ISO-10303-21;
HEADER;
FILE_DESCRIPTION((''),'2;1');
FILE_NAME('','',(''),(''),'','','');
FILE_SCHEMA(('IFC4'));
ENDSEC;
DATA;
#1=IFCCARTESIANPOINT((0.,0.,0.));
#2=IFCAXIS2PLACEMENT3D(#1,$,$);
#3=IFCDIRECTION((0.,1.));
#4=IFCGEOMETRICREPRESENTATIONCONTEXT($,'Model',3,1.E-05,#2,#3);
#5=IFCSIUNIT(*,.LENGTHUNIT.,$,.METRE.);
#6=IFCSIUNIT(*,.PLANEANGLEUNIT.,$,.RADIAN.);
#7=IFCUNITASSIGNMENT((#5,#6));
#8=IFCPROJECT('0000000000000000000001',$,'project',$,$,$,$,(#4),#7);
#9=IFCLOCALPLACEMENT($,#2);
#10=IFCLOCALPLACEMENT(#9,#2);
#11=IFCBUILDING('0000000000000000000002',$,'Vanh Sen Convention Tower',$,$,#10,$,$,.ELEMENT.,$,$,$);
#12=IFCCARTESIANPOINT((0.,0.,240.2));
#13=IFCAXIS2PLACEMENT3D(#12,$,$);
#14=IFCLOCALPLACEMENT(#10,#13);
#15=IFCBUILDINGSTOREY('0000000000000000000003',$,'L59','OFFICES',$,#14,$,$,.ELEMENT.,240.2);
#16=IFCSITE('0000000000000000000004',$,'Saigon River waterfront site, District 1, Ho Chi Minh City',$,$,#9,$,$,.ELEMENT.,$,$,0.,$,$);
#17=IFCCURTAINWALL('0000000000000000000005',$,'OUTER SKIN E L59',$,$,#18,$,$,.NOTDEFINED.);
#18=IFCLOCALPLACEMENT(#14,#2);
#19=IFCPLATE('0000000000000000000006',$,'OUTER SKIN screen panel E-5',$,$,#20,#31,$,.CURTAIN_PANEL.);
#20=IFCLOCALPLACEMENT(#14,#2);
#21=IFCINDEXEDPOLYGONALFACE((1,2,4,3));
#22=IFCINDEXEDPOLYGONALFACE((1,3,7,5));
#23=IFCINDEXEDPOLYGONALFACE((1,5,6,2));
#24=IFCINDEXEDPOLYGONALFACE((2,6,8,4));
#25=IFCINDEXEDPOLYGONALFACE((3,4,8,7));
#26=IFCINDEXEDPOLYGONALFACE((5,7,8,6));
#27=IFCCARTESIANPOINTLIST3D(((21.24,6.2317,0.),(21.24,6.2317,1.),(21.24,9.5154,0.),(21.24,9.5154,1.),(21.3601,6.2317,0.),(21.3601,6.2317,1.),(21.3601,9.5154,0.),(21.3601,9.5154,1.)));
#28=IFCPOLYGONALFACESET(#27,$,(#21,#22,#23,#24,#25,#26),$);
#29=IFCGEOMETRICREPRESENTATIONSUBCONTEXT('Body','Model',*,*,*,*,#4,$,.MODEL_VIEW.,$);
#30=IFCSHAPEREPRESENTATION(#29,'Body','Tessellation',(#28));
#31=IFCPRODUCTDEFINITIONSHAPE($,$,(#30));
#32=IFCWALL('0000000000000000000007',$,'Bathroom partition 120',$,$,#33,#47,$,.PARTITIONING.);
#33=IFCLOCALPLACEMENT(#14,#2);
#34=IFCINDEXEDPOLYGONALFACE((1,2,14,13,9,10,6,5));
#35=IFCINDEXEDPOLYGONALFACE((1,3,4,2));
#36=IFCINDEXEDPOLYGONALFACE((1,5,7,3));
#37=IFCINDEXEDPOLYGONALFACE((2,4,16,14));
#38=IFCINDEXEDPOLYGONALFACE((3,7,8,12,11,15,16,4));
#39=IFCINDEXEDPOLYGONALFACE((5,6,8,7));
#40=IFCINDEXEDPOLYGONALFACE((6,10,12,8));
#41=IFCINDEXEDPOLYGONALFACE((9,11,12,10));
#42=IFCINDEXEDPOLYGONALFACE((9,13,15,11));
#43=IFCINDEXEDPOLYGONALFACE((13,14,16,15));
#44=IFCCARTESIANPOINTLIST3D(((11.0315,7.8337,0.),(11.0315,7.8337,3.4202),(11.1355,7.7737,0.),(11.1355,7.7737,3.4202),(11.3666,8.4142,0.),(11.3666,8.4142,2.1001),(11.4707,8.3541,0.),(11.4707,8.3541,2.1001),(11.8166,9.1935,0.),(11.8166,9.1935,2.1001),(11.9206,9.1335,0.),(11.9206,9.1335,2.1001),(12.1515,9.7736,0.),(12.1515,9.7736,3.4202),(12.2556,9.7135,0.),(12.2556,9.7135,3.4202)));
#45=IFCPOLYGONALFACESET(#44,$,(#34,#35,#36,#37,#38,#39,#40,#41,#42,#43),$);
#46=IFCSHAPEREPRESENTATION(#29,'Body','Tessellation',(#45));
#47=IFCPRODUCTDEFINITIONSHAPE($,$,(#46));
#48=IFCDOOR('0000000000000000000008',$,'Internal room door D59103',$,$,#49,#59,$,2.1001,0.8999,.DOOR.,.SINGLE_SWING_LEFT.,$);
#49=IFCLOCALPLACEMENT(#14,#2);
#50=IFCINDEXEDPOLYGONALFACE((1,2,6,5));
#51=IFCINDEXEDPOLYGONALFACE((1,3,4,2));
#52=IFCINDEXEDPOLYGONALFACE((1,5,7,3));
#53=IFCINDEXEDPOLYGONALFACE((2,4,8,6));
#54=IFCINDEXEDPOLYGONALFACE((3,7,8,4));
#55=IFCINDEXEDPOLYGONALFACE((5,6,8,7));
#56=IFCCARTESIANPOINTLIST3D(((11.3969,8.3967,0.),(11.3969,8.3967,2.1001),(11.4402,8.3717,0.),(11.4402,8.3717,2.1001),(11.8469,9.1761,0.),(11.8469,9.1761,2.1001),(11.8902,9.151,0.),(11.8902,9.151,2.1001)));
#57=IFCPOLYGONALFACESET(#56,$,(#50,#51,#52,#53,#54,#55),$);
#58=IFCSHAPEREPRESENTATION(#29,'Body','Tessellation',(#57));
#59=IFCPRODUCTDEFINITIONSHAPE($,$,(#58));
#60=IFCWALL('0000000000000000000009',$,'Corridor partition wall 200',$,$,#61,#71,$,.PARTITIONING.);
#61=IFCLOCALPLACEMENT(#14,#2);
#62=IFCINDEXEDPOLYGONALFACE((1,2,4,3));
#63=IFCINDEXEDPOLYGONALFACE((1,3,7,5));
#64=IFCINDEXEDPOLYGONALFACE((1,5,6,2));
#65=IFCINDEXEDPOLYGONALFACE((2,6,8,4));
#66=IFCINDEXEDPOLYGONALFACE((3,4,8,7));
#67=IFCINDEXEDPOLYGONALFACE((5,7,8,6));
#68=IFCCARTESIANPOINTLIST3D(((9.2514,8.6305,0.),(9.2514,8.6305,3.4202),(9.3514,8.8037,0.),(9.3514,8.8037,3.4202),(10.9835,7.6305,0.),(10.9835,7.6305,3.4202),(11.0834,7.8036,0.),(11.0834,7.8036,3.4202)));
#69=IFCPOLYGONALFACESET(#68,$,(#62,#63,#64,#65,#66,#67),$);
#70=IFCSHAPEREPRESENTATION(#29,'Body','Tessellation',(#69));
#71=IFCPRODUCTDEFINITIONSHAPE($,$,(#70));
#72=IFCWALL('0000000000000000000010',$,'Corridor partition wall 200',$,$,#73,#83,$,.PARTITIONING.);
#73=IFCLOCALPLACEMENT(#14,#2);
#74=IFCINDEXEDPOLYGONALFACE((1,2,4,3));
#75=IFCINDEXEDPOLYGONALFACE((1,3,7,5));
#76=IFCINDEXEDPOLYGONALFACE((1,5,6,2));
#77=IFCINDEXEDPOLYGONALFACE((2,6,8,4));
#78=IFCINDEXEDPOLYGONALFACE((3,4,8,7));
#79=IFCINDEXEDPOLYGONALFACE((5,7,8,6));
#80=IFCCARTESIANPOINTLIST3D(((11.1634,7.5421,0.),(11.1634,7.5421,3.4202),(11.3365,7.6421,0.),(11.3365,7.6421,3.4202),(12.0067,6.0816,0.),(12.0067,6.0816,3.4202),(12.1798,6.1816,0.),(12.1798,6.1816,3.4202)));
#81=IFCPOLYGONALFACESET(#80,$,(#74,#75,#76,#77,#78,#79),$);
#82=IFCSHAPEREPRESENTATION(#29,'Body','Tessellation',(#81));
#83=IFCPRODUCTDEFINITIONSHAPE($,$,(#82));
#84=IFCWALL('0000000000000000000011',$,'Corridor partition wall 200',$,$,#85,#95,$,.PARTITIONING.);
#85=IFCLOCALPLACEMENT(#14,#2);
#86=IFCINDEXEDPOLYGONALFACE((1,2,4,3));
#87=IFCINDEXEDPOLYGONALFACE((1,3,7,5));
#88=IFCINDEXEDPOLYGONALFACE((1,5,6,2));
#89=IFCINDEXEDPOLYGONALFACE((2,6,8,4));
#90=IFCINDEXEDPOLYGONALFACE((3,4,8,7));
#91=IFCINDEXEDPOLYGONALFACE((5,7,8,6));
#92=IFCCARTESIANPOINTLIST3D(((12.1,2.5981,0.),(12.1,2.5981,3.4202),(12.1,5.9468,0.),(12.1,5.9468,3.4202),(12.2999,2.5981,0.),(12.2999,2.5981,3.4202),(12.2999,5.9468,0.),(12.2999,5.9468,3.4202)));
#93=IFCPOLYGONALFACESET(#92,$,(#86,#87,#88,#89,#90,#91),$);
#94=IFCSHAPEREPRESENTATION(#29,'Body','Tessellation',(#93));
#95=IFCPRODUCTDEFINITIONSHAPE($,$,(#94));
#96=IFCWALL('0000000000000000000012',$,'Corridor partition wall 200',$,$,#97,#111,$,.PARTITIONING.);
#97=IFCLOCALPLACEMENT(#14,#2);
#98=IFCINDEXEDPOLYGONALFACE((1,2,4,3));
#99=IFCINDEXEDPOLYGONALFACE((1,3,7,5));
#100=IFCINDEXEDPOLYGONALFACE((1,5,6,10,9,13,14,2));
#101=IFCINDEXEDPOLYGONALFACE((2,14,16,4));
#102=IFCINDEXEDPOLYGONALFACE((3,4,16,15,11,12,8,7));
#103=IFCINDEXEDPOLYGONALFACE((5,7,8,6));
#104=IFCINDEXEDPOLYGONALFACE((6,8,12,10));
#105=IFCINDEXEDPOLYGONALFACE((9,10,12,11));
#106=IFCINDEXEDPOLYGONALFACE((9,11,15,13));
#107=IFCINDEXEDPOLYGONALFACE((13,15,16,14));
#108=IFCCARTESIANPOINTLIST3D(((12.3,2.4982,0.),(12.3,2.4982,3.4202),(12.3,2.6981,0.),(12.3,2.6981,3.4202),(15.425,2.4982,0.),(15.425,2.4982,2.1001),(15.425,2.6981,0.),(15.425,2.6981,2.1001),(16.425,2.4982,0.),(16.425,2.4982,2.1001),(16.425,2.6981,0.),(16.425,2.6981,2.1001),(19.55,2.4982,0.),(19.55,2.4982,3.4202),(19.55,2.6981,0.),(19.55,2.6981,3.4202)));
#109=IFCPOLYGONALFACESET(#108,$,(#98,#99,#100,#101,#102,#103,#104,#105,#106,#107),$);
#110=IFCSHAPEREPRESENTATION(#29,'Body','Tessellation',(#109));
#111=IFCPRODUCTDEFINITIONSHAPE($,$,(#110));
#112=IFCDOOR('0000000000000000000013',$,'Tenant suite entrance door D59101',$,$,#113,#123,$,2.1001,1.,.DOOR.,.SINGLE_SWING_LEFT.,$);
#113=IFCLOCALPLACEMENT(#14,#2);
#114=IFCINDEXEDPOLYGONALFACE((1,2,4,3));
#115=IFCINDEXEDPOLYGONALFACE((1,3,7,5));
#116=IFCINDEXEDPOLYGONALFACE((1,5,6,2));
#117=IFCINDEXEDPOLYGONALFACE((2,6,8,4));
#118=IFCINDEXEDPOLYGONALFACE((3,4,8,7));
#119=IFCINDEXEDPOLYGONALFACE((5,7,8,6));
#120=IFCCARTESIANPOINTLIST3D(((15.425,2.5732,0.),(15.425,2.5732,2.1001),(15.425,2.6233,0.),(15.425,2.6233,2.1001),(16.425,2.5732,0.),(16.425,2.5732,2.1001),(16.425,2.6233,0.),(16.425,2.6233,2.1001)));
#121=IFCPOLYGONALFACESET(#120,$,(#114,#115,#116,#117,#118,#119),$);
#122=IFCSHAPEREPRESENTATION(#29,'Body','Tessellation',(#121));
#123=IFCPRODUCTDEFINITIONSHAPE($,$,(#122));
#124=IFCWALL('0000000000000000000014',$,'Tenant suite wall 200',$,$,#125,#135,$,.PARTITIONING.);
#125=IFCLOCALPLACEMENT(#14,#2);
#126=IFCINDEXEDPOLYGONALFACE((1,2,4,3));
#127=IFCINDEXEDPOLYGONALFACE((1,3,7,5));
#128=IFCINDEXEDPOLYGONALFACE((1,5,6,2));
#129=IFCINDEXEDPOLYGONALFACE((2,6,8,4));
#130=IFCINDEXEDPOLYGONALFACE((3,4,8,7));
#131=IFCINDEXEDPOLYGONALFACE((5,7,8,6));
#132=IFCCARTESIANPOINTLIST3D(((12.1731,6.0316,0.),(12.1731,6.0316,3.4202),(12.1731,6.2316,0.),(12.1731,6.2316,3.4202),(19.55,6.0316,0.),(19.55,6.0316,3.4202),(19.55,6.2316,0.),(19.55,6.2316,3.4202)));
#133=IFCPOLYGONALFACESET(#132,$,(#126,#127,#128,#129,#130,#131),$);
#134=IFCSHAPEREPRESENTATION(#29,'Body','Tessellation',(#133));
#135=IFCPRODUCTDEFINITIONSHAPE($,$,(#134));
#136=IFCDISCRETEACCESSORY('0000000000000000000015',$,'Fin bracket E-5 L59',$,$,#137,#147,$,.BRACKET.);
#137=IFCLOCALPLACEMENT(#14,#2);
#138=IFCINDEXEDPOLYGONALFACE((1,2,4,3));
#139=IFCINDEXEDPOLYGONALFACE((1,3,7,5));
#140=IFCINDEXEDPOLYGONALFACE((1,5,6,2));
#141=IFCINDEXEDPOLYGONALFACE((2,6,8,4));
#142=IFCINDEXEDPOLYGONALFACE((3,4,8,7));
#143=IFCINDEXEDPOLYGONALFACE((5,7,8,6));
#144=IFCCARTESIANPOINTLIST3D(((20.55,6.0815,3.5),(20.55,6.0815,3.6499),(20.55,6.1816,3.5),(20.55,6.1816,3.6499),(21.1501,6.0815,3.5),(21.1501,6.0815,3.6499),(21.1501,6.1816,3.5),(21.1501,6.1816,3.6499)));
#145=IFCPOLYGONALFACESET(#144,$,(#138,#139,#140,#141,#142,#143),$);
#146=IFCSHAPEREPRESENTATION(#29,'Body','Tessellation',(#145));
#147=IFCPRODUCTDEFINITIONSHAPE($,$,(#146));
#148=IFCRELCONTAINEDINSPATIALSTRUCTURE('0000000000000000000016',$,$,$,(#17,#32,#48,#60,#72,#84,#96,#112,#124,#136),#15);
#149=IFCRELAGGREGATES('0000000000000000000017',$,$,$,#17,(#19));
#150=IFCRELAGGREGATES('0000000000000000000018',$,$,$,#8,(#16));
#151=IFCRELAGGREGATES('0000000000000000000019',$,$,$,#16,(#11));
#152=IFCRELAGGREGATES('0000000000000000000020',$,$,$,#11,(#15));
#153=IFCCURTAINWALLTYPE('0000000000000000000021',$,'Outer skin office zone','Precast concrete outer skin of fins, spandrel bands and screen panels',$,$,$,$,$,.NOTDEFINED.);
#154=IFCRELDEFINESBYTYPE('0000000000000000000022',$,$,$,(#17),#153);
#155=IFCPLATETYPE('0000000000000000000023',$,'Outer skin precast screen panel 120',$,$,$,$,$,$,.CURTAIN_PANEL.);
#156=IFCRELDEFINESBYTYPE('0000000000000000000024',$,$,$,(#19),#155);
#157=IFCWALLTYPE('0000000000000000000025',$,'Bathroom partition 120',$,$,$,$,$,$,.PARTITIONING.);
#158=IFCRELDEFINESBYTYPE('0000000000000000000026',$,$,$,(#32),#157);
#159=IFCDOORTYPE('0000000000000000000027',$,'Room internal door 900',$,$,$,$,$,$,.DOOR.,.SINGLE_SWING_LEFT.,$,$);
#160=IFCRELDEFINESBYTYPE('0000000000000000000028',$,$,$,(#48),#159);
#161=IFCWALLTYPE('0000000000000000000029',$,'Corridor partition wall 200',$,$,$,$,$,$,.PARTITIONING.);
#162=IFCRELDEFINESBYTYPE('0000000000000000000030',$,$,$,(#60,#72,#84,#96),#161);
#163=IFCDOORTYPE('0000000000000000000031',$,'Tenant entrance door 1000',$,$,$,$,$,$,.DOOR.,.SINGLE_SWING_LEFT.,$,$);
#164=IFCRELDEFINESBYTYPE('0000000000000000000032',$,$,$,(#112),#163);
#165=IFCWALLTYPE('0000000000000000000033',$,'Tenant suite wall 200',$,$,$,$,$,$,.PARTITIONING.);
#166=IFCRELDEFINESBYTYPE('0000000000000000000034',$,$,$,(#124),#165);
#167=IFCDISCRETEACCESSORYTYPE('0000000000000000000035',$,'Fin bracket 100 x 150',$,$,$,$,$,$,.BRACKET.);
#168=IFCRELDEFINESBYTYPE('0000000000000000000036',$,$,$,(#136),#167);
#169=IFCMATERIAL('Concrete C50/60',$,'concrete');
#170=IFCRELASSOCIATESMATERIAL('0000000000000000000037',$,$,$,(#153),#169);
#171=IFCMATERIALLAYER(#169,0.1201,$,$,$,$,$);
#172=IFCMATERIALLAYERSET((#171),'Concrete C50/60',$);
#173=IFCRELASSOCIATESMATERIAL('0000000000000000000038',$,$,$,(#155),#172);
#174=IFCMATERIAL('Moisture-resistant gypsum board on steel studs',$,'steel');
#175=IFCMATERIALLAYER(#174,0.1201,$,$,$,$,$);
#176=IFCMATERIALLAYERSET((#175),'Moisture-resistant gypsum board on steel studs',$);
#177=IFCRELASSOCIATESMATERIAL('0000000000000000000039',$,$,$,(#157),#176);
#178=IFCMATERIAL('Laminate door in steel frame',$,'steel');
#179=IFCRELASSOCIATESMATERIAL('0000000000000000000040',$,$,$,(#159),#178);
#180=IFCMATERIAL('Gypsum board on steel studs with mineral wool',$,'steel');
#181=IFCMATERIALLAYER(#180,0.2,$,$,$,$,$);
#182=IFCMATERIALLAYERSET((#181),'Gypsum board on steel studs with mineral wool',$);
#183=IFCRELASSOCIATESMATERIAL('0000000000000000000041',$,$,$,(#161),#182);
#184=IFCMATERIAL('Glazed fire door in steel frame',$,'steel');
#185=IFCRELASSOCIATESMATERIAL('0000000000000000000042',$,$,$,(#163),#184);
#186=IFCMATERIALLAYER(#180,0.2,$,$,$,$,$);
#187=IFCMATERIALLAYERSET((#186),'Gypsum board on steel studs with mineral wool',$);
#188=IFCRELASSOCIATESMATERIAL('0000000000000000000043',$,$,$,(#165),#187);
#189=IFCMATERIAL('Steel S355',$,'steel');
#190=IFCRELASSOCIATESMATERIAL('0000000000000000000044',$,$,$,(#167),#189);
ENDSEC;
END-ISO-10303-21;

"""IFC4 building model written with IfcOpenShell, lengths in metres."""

from ifc_helpers import new_model, si_unit, direction, frame, frame_2d, origin, origin_2d, place, context, subcontext, project, spatial, rectangle, extrude, material, layer, layer_set, type_object, element, fill, aggregate, save


model = new_model("IFC4")

# Units and contexts
model_context = context("Model", 3, precision=1e-05, world=origin(), true_north=direction((0.0, 1.0)))
body_context = subcontext(model_context, "Body", "Model", "MODEL_VIEW")
ifc_project = project(units=[si_unit("LENGTHUNIT", "METRE"), si_unit("PLANEANGLEUNIT", "RADIAN")], contexts=[model_context])

# Site, building, storey
site_placement = place(None, origin())
site = spatial("IfcSite", under=ifc_project, at=site_placement, Name="Saigon River waterfront site, District 1, Ho Chi Minh City", CompositionType="ELEMENT", RefElevation=0.0)
building_placement = place(site_placement, origin())
building = spatial("IfcBuilding", under=site, at=building_placement, Name="Vanh Sen Convention Tower", CompositionType="ELEMENT")
storey_placement = place(building_placement, frame((0.0, 0.0, 240.2)))
storey = spatial("IfcBuildingStorey", under=building, at=storey_placement, Name="L59", Description="OFFICES", CompositionType="ELEMENT", Elevation=240.2)

# Curtain wall
ifc_material_1 = material(Name="Concrete C50/60", Category="concrete")
curtain_wall_type = type_object("IfcCurtainWallType", Name="Outer skin office zone", Description="Precast concrete outer skin of fins, spandrel bands and screen panels", PredefinedType="NOTDEFINED", material=ifc_material_1)
curtain_wall_1_placement = place(storey_placement, origin())
curtain_wall_1 = element("IfcCurtainWall", 1, at=curtain_wall_1_placement, inside=storey, type_object=curtain_wall_type, Name="OUTER SKIN E L59", PredefinedType="NOTDEFINED")

# Plate
ifc_layer_1 = layer(ifc_material_1, 0.1201)
ifc_layer_set_1 = layer_set([ifc_layer_1], Name="Concrete C50/60")
plate_type = type_object("IfcPlateType", Name="Outer skin precast screen panel 120", PredefinedType="CURTAIN_PANEL", material=ifc_layer_set_1)
plate_1_placement = place(storey_placement, frame((21.3, 7.8735, 0.0), z_axis=(0.0, 0.0, 1.0), x_axis=(0.0, 1.0, 0.0)))
plate_1 = element("IfcPlate", 2, at=plate_1_placement, type_object=plate_type, Name="OUTER SKIN screen panel E-5", PredefinedType="CURTAIN_PANEL", context=body_context, shape_type="SweptSolid", body=[
    extrude(rectangle(XDim=3.2837, YDim=0.1201, at=origin_2d()), origin(), (0.0, 0.0, 1.0), 1.0),
])
aggregate(curtain_wall_1, [plate_1])

# Wall, opening, door
ifc_material_2 = material(Name="Moisture-resistant gypsum board on steel studs", Category="steel")
ifc_layer_2 = layer(ifc_material_2, 0.1201)
ifc_layer_set_2 = layer_set([ifc_layer_2], Name="Moisture-resistant gypsum board on steel studs")
wall_type_1 = type_object("IfcWallType", Name="Bathroom partition 120", PredefinedType="PARTITIONING", material=ifc_layer_set_2)
wall_1_placement = place(storey_placement, frame((12.2036, 9.7437, 0.0), z_axis=(0.0, 0.0, 1.0), x_axis=(-0.500031, -0.866008, 0.0)))
wall_1 = element("IfcWall", 3, at=wall_1_placement, inside=storey, type_object=wall_type_1, Name="Bathroom partition 120", PredefinedType="PARTITIONING", context=body_context, shape_type="SweptSolid", body=[
    extrude(rectangle(XDim=2.24, YDim=0.1201, at=frame_2d((1.1201, 0.0))), origin(), (0.0, 0.0, 1.0), 3.4202),
])
opening_1_placement = place(wall_1_placement, frame((0.6699, 0.0, 0.0)))
opening_1 = element("IfcOpeningElement", 4, at=opening_1_placement, cuts=wall_1, PredefinedType="OPENING", context=body_context, shape_type="SweptSolid", body=[
    extrude(rectangle(XDim=0.8999, YDim=2.1001, at=frame_2d((0.45, 1.05))), frame((0.0, 0.0701, 0.0), z_axis=(0.0, -1.0, 0.0), x_axis=(1.0, 0.0, 0.0)), (0.0, 0.0, 1.0), 0.1401),
])
ifc_material_3 = material(Name="Laminate door in steel frame", Category="steel")
door_type_1 = type_object("IfcDoorType", Name="Room internal door 900", OperationType="SINGLE_SWING_LEFT", PredefinedType="DOOR", material=ifc_material_3)
door_1_placement = place(opening_1_placement, origin())
door_1 = element("IfcDoor", 5, at=door_1_placement, inside=storey, type_object=door_type_1, Name="Internal room door D59103", OperationType="SINGLE_SWING_LEFT", OverallHeight=2.1001, OverallWidth=0.8999, PredefinedType="DOOR", context=body_context, shape_type="SweptSolid", body=[
    extrude(rectangle(XDim=0.8999, YDim=2.1001, at=frame_2d((0.45, 1.05))), frame((0.0, 0.0249, 0.0), z_axis=(0.0, -1.0, 0.0), x_axis=(1.0, 0.0, 0.0)), (0.0, 0.0, 1.0), 0.05),
])
fill(opening_1, door_1)

# Walls
ifc_material_4 = material(Name="Gypsum board on steel studs with mineral wool", Category="steel")
ifc_layer_3 = layer(ifc_material_4, 0.2)
ifc_layer_set_3 = layer_set([ifc_layer_3], Name="Gypsum board on steel studs with mineral wool")
wall_type_2 = type_object("IfcWallType", Name="Corridor partition wall 200", PredefinedType="PARTITIONING", material=ifc_layer_set_3)
wall_2_placement = place(storey_placement, frame((11.0334, 7.717, 0.0), z_axis=(0.0, 0.0, 1.0), x_axis=(-0.866011, 0.500025, 0.0)))
element("IfcWall", 6, at=wall_2_placement, inside=storey, type_object=wall_type_2, Name="Corridor partition wall 200", PredefinedType="PARTITIONING", context=body_context, shape_type="SweptSolid", body=[
    extrude(rectangle(XDim=2.0, YDim=0.2, at=frame_2d((1.0, 0.0))), origin(), (0.0, 0.0, 1.0), 3.4202),
])
wall_3_placement = place(storey_placement, frame((12.0933, 6.1316, 0.0), z_axis=(0.0, 0.0, 1.0), x_axis=(-0.500032, 0.866007, 0.0)))
element("IfcWall", 7, at=wall_3_placement, inside=storey, type_object=wall_type_2, Name="Corridor partition wall 200", PredefinedType="PARTITIONING", context=body_context, shape_type="SweptSolid", body=[
    extrude(rectangle(XDim=1.6865, YDim=0.2, at=frame_2d((0.8433, 0.0))), origin(), (0.0, 0.0, 1.0), 3.4202),
])
wall_4_placement = place(storey_placement, frame((12.2, 2.5981, 0.0), z_axis=(0.0, 0.0, 1.0), x_axis=(0.0, 1.0, 0.0)))
element("IfcWall", 8, at=wall_4_placement, inside=storey, type_object=wall_type_2, Name="Corridor partition wall 200", PredefinedType="PARTITIONING", context=body_context, shape_type="SweptSolid", body=[
    extrude(rectangle(XDim=3.3486, YDim=0.2, at=frame_2d((1.6743, 0.0))), origin(), (0.0, 0.0, 1.0), 3.4202),
])

# Wall, opening, door
wall_5_placement = place(storey_placement, frame((19.55, 2.5981, 0.0), z_axis=(0.0, 0.0, 1.0), x_axis=(-1.0, 0.0, 0.0)))
wall_5 = element("IfcWall", 9, at=wall_5_placement, inside=storey, type_object=wall_type_2, Name="Corridor partition wall 200", PredefinedType="PARTITIONING", context=body_context, shape_type="SweptSolid", body=[
    extrude(rectangle(XDim=7.25, YDim=0.2, at=frame_2d((3.625, 0.0))), origin(), (0.0, 0.0, 1.0), 3.4202),
])
opening_2_placement = place(wall_5_placement, frame((3.125, 0.0, 0.0)))
opening_2 = element("IfcOpeningElement", 10, at=opening_2_placement, cuts=wall_5, PredefinedType="OPENING", context=body_context, shape_type="SweptSolid", body=[
    extrude(rectangle(XDim=1.0, YDim=2.1001, at=frame_2d((0.5, 1.05))), frame((0.0, 0.1099, 0.0), z_axis=(0.0, -1.0, 0.0), x_axis=(1.0, 0.0, 0.0)), (0.0, 0.0, 1.0), 0.22),
])
ifc_material_5 = material(Name="Glazed fire door in steel frame", Category="steel")
door_type_2 = type_object("IfcDoorType", Name="Tenant entrance door 1000", OperationType="SINGLE_SWING_LEFT", PredefinedType="DOOR", material=ifc_material_5)
door_2_placement = place(opening_2_placement, origin())
door_2 = element("IfcDoor", 11, at=door_2_placement, inside=storey, type_object=door_type_2, Name="Tenant suite entrance door D59101", OperationType="SINGLE_SWING_LEFT", OverallHeight=2.1001, OverallWidth=1.0, PredefinedType="DOOR", context=body_context, shape_type="SweptSolid", body=[
    extrude(rectangle(XDim=1.0, YDim=2.1001, at=frame_2d((0.5, 1.05))), frame((0.0, 0.0249, 0.0), z_axis=(0.0, -1.0, 0.0), x_axis=(1.0, 0.0, 0.0)), (0.0, 0.0, 1.0), 0.05),
])
fill(opening_2, door_2)

# Wall
ifc_layer_4 = layer(ifc_material_4, 0.2)
ifc_layer_set_4 = layer_set([ifc_layer_4], Name="Gypsum board on steel studs with mineral wool")
wall_type_3 = type_object("IfcWallType", Name="Tenant suite wall 200", PredefinedType="PARTITIONING", material=ifc_layer_set_4)
wall_6_placement = place(storey_placement, frame((19.55, 6.1316, 0.0), z_axis=(0.0, 0.0, 1.0), x_axis=(-1.0, 0.0, 0.0)))
element("IfcWall", 12, at=wall_6_placement, inside=storey, type_object=wall_type_3, Name="Tenant suite wall 200", PredefinedType="PARTITIONING", context=body_context, shape_type="SweptSolid", body=[
    extrude(rectangle(XDim=7.377, YDim=0.2, at=frame_2d((3.6885, 0.0))), origin(), (0.0, 0.0, 1.0), 3.4202),
])

# Discrete accessory
ifc_material_6 = material(Name="Steel S355", Category="steel")
discrete_accessory_type = type_object("IfcDiscreteAccessoryType", Name="Fin bracket 100 x 150", PredefinedType="BRACKET", material=ifc_material_6)
discrete_accessory_placement = place(storey_placement, frame((20.8501, 6.1316, 3.5), z_axis=(0.0, 0.0, 1.0), x_axis=(1.0, 0.0, 0.0)))
element("IfcDiscreteAccessory", 13, at=discrete_accessory_placement, inside=storey, type_object=discrete_accessory_type, Name="Fin bracket E-5 L59", PredefinedType="BRACKET", context=body_context, shape_type="SweptSolid", body=[
    extrude(rectangle(XDim=0.6001, YDim=0.1001, at=origin_2d()), origin(), (0.0, 0.0, 1.0), 0.1499),
])

save(model, "model.ifc")
